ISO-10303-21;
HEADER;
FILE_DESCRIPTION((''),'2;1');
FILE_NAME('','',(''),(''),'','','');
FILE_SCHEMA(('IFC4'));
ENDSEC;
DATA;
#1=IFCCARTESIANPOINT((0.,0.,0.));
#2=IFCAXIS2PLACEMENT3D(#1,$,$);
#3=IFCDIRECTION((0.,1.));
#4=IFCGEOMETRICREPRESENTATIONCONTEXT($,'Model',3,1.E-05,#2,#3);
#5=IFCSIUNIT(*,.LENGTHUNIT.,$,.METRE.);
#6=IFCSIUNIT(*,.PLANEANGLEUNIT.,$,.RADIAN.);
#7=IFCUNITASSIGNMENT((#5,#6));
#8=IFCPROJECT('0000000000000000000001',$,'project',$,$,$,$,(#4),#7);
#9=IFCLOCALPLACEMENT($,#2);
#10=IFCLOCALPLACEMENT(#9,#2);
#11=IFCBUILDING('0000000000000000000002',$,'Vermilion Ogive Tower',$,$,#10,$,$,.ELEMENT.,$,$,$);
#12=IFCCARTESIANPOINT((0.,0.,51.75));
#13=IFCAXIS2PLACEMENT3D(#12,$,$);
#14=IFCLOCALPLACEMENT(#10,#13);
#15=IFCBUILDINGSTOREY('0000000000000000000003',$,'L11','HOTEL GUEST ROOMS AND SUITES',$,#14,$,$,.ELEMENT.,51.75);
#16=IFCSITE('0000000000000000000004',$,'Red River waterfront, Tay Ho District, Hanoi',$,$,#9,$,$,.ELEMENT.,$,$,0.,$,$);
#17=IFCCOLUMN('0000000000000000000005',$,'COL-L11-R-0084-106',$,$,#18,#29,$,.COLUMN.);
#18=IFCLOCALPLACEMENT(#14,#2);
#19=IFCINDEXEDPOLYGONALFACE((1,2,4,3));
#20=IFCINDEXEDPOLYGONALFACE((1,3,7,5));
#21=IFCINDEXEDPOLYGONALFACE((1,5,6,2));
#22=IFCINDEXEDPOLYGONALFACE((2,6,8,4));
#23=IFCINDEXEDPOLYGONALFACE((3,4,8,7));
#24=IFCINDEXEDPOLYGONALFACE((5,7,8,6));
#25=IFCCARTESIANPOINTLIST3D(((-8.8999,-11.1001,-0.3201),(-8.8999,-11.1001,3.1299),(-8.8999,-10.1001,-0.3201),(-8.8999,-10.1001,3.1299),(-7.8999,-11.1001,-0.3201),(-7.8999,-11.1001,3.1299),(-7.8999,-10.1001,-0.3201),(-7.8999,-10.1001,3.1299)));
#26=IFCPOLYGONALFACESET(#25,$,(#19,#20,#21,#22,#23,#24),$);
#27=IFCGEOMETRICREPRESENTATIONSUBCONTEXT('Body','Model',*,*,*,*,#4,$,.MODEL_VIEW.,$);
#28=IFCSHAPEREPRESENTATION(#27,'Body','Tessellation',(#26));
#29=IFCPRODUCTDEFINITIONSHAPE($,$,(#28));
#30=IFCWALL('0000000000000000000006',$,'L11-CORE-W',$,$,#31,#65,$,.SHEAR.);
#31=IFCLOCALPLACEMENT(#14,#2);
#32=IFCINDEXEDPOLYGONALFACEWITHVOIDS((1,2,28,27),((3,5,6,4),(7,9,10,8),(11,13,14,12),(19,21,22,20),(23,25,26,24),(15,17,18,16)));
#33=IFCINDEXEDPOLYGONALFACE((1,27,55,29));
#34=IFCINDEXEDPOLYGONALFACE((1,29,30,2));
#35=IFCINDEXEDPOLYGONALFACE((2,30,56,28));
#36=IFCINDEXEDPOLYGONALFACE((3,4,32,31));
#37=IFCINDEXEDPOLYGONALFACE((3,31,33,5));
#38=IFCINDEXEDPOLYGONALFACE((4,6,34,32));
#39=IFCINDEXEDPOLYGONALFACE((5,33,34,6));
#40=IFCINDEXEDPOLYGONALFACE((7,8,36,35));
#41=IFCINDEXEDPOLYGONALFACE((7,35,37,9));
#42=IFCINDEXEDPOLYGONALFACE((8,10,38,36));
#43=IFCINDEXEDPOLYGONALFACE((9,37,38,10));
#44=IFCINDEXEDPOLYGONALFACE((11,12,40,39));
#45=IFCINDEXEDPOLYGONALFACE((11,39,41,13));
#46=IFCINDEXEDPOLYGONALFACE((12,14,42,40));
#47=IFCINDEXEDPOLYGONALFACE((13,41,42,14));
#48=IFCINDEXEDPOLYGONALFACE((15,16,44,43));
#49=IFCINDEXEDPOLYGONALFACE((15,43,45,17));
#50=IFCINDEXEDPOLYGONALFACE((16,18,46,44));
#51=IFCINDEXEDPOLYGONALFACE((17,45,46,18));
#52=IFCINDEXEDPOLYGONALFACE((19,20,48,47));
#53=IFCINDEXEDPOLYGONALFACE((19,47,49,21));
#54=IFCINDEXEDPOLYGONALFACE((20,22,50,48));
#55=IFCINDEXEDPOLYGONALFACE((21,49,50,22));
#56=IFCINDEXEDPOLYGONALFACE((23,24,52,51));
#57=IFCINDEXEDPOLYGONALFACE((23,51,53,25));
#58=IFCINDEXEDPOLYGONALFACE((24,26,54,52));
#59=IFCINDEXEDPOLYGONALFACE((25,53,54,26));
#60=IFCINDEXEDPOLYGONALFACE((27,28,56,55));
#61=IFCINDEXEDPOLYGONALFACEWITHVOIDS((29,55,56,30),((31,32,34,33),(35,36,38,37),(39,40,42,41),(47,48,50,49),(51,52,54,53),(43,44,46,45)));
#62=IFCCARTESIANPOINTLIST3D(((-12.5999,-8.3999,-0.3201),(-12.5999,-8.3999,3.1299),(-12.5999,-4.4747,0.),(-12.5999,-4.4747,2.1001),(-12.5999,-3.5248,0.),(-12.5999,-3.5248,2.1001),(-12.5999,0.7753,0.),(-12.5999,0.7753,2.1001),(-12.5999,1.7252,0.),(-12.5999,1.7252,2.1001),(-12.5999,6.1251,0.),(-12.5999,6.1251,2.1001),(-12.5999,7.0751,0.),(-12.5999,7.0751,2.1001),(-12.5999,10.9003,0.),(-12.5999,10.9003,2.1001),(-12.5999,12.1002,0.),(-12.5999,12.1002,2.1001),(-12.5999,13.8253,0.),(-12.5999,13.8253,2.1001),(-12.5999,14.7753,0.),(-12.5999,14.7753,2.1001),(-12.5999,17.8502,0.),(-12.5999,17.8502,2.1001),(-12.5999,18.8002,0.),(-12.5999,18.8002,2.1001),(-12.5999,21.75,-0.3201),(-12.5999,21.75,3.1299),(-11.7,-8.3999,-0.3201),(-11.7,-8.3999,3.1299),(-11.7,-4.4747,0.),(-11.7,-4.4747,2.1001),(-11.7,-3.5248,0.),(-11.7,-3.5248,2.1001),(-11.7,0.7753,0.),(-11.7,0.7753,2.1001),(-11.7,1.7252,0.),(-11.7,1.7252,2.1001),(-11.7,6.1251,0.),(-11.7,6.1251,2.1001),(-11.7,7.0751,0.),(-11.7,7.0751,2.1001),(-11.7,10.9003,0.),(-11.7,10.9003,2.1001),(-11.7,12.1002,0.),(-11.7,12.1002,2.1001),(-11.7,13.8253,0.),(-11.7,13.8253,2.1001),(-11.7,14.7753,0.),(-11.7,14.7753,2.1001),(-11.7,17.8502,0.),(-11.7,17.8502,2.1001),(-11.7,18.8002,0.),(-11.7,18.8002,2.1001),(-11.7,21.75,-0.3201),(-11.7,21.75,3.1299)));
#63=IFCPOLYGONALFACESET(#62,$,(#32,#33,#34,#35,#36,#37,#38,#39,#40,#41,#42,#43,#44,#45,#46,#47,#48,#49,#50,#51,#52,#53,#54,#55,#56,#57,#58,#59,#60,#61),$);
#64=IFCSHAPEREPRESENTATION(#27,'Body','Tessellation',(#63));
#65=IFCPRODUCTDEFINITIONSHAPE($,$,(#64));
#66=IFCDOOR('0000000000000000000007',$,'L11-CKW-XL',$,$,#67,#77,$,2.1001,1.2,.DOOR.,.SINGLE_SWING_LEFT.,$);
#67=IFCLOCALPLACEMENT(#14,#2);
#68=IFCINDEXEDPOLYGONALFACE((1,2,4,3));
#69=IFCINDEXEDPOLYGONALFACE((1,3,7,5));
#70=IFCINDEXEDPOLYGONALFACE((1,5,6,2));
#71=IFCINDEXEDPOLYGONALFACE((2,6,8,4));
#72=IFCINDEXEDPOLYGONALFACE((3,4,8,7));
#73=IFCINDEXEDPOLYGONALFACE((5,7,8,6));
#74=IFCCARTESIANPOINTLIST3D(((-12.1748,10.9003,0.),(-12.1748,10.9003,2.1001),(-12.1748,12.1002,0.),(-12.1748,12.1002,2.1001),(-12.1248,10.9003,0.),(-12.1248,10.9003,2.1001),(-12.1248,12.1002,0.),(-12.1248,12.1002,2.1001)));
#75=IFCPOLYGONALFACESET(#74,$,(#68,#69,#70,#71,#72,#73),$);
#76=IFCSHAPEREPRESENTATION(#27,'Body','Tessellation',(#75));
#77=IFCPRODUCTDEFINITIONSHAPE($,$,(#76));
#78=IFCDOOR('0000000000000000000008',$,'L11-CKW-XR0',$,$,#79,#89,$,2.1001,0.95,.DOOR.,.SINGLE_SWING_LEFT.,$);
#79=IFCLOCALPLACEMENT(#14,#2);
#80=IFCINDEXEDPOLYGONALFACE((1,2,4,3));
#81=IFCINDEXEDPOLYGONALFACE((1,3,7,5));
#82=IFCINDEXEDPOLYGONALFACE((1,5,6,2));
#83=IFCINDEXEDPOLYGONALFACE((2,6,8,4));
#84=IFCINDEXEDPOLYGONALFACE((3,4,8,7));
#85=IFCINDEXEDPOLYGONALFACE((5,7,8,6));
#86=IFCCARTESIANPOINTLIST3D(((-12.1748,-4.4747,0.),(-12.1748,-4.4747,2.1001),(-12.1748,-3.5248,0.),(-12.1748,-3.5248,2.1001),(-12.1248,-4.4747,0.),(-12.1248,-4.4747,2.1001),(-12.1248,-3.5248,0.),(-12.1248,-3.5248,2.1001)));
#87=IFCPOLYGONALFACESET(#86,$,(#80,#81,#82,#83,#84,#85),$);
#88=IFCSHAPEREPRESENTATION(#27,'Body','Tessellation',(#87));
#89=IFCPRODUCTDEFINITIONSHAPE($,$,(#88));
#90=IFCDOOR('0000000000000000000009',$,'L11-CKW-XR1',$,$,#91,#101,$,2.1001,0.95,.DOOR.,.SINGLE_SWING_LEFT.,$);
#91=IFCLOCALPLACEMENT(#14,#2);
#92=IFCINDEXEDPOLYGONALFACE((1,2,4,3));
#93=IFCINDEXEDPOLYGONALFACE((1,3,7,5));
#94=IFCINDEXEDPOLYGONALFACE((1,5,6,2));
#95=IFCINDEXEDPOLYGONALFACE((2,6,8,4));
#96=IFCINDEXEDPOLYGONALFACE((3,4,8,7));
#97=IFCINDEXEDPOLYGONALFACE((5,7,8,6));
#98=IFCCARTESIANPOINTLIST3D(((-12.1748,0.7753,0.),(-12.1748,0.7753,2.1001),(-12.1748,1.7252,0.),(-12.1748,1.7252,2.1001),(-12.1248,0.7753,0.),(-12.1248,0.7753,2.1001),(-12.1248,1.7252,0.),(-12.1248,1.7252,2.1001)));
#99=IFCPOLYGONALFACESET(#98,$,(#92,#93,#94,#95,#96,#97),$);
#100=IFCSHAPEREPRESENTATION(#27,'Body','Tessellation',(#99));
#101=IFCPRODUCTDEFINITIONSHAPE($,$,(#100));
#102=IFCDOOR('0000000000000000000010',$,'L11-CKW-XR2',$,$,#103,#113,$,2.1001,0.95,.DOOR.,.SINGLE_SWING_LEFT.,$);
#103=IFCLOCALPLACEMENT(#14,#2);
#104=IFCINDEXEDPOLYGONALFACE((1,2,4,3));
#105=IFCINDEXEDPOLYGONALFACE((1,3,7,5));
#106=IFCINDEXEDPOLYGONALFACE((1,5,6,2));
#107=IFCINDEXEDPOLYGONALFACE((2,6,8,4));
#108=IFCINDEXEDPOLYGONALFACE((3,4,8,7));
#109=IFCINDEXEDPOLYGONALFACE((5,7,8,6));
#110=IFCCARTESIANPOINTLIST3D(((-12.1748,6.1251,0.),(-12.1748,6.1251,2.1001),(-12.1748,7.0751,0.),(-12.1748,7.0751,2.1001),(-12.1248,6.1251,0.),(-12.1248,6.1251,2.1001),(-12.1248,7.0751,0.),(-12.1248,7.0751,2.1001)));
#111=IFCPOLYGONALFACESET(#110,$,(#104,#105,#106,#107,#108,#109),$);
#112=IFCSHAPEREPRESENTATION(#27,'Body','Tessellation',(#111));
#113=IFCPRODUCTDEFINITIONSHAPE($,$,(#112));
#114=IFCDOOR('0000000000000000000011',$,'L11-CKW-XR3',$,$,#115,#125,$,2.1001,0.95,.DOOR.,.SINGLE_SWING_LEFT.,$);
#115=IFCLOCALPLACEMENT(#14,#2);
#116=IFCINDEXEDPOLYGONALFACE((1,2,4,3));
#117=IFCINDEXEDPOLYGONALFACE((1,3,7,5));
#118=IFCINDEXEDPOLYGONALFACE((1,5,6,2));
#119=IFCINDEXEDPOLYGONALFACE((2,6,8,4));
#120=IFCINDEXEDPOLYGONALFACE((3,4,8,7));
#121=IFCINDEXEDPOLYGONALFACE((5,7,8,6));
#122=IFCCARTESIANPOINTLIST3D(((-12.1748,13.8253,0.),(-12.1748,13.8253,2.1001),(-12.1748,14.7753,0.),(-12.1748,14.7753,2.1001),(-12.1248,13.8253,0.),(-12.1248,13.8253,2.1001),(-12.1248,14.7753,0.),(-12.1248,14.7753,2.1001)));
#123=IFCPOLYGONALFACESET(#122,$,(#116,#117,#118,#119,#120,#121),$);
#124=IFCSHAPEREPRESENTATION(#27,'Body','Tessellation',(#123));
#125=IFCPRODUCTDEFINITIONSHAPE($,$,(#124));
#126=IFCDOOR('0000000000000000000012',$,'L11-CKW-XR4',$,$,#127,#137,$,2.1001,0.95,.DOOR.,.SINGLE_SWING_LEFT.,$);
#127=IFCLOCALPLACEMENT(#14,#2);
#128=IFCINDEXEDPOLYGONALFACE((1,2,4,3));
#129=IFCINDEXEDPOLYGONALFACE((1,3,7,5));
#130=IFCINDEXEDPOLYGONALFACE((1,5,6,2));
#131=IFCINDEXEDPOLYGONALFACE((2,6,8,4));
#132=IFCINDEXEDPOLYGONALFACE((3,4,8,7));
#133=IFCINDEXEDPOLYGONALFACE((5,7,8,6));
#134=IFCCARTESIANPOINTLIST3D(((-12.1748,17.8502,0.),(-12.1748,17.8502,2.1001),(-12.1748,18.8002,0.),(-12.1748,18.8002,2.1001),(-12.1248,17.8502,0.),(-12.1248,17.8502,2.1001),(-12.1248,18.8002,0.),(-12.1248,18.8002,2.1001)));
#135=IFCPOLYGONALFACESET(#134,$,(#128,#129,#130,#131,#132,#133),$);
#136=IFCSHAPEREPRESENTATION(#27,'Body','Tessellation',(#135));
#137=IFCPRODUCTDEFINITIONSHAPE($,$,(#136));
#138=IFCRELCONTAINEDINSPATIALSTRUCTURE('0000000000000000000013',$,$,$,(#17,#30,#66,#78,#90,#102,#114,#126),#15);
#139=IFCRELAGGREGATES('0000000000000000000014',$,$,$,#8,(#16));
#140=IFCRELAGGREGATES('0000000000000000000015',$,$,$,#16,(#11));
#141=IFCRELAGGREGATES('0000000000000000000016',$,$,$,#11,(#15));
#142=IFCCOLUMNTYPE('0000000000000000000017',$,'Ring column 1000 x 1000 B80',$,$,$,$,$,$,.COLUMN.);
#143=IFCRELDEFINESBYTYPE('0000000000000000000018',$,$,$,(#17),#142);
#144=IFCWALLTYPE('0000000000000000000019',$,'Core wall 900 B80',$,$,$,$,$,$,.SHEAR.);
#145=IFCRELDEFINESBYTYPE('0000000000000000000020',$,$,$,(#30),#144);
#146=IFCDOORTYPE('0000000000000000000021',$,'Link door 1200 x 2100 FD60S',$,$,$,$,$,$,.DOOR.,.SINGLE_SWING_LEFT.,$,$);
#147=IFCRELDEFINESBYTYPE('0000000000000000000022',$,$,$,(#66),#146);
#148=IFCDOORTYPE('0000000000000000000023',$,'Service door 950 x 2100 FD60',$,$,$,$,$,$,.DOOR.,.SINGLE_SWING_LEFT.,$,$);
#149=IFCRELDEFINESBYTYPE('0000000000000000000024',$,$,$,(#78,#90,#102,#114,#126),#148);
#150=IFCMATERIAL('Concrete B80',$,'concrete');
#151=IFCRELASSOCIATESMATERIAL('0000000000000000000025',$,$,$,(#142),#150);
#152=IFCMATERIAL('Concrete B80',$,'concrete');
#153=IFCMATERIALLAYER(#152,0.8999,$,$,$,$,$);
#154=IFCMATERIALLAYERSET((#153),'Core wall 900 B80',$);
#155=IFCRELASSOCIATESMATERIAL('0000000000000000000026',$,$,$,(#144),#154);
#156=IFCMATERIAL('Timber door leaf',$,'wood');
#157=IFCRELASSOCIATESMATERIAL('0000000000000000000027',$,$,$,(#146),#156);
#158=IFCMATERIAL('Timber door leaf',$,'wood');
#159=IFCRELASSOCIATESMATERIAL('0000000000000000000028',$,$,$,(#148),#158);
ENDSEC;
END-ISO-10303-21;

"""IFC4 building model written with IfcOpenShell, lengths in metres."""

from ifc_helpers import new_model, si_unit, direction, frame, frame_2d, origin, origin_2d, place, context, subcontext, project, spatial, rectangle, extrude, material, layer, layer_set, material_profile, profile_set, type_object, element, fill, save


model = new_model("IFC4")

# Units and contexts
model_context = context("Model", 3, precision=1e-05, world=origin(), true_north=direction((0.0, 1.0)))
body_context = subcontext(model_context, "Body", "Model", "MODEL_VIEW")
ifc_project = project(units=[si_unit("LENGTHUNIT", "METRE"), si_unit("PLANEANGLEUNIT", "RADIAN")], contexts=[model_context])

# Site, building, storey
site_placement = place(None, origin())
site = spatial("IfcSite", under=ifc_project, at=site_placement, Name="Red River waterfront, Tay Ho District, Hanoi", CompositionType="ELEMENT", RefElevation=0.0)
building_placement = place(site_placement, origin())
building = spatial("IfcBuilding", under=site, at=building_placement, Name="Vermilion Ogive Tower", CompositionType="ELEMENT")
storey_placement = place(building_placement, frame((0.0, 0.0, 51.75)))
storey = spatial("IfcBuildingStorey", under=building, at=storey_placement, Name="L11", Description="HOTEL GUEST ROOMS AND SUITES", CompositionType="ELEMENT", Elevation=51.75)

# Column
ifc_material_1 = material(Name="Concrete B80", Category="concrete")
ifc_material_profile = material_profile(ifc_material_1, rectangle(XDim=1.0, YDim=1.0, at=origin_2d()), Name="1000 x 1000")
ifc_profile_set = profile_set([ifc_material_profile], Name="Concrete B80")
column_type = type_object("IfcColumnType", Name="Ring column 1000 x 1000 B80", PredefinedType="COLUMN", material=ifc_profile_set)
column_placement = place(storey_placement, frame((-8.3999, -10.6001, -0.3201), z_axis=(0.0, 0.0, 1.0), x_axis=(1.0, 0.0, 0.0)))
element("IfcColumn", 1, at=column_placement, inside=storey, type_object=column_type, Name="COL-L11-R-0084-106", PredefinedType="COLUMN", context=body_context, shape_type="SweptSolid", body=[
    extrude(rectangle(XDim=1.0, YDim=1.0, at=origin_2d()), origin(), (0.0, 0.0, 1.0), 3.45),
])

# Wall, openings, doors
ifc_material_2 = material(Name="Concrete B80", Category="concrete")
ifc_layer_1 = layer(ifc_material_2, 0.8999)
ifc_layer_set_1 = layer_set([ifc_layer_1], Name="Core wall 900 B80")
wall_type_1 = type_object("IfcWallType", Name="Core wall 900 B80", PredefinedType="SHEAR", material=ifc_layer_set_1)
wall_1_placement = place(storey_placement, frame((-12.1499, -8.3999, -0.3201), z_axis=(0.0, 0.0, 1.0), x_axis=(0.0, 1.0, 0.0)))
wall_1 = element("IfcWall", 2, at=wall_1_placement, inside=storey, type_object=wall_type_1, Name="L11-CORE-W", PredefinedType="SHEAR", context=body_context, shape_type="SweptSolid", body=[
    extrude(rectangle(XDim=30.1499, YDim=0.8999, at=frame_2d((15.075, 0.0))), origin(), (0.0, 0.0, 1.0), 3.45),
])
opening_1_placement = place(wall_1_placement, frame((3.925, 0.0, 0.3201)))
opening_1 = element("IfcOpeningElement", 3, at=opening_1_placement, cuts=wall_1, PredefinedType="OPENING", context=body_context, shape_type="SweptSolid", body=[
    extrude(rectangle(XDim=0.95, YDim=2.1001, at=frame_2d((0.4751, 1.05))), frame((0.0, 0.46, 0.0), z_axis=(0.0, -1.0, 0.0), x_axis=(1.0, 0.0, 0.0)), (0.0, 0.0, 1.0), 0.9199),
])
opening_2_placement = place(wall_1_placement, frame((9.175, 0.0, 0.3201)))
opening_2 = element("IfcOpeningElement", 4, at=opening_2_placement, cuts=wall_1, PredefinedType="OPENING", context=body_context, shape_type="SweptSolid", body=[
    extrude(rectangle(XDim=0.95, YDim=2.1001, at=frame_2d((0.4751, 1.05))), frame((0.0, 0.46, 0.0), z_axis=(0.0, -1.0, 0.0), x_axis=(1.0, 0.0, 0.0)), (0.0, 0.0, 1.0), 0.9199),
])
opening_3_placement = place(wall_1_placement, frame((14.5249, 0.0, 0.3201)))
opening_3 = element("IfcOpeningElement", 5, at=opening_3_placement, cuts=wall_1, PredefinedType="OPENING", context=body_context, shape_type="SweptSolid", body=[
    extrude(rectangle(XDim=0.95, YDim=2.1001, at=frame_2d((0.4751, 1.05))), frame((0.0, 0.46, 0.0), z_axis=(0.0, -1.0, 0.0), x_axis=(1.0, 0.0, 0.0)), (0.0, 0.0, 1.0), 0.9199),
])
opening_4_placement = place(wall_1_placement, frame((22.2251, 0.0, 0.3201)))
opening_4 = element("IfcOpeningElement", 6, at=opening_4_placement, cuts=wall_1, PredefinedType="OPENING", context=body_context, shape_type="SweptSolid", body=[
    extrude(rectangle(XDim=0.95, YDim=2.1001, at=frame_2d((0.4751, 1.05))), frame((0.0, 0.46, 0.0), z_axis=(0.0, -1.0, 0.0), x_axis=(1.0, 0.0, 0.0)), (0.0, 0.0, 1.0), 0.9199),
])
opening_5_placement = place(wall_1_placement, frame((26.25, 0.0, 0.3201)))
opening_5 = element("IfcOpeningElement", 7, at=opening_5_placement, cuts=wall_1, PredefinedType="OPENING", context=body_context, shape_type="SweptSolid", body=[
    extrude(rectangle(XDim=0.95, YDim=2.1001, at=frame_2d((0.4751, 1.05))), frame((0.0, 0.46, 0.0), z_axis=(0.0, -1.0, 0.0), x_axis=(1.0, 0.0, 0.0)), (0.0, 0.0, 1.0), 0.9199),
])
opening_6_placement = place(wall_1_placement, frame((19.3, 0.0, 0.3201)))
opening_6 = element("IfcOpeningElement", 8, at=opening_6_placement, cuts=wall_1, PredefinedType="OPENING", context=body_context, shape_type="SweptSolid", body=[
    extrude(rectangle(XDim=1.2, YDim=2.1001, at=frame_2d((0.6001, 1.05))), frame((0.0, 0.46, 0.0), z_axis=(0.0, -1.0, 0.0), x_axis=(1.0, 0.0, 0.0)), (0.0, 0.0, 1.0), 0.9199),
])
ifc_material_3 = material(Name="Timber door leaf", Category="wood")
door_type_1 = type_object("IfcDoorType", Name="Link door 1200 x 2100 FD60S", OperationType="SINGLE_SWING_LEFT", PredefinedType="DOOR", material=ifc_material_3)
door_1_placement = place(opening_6_placement, origin())
door_1 = element("IfcDoor", 9, at=door_1_placement, inside=storey, type_object=door_type_1, Name="L11-CKW-XL", OperationType="SINGLE_SWING_LEFT", OverallHeight=2.1001, OverallWidth=1.2, PredefinedType="DOOR", context=body_context, shape_type="SweptSolid", body=[
    extrude(rectangle(XDim=1.2, YDim=2.1001, at=frame_2d((0.6001, 1.05))), frame((0.0, 0.0249, 0.0), z_axis=(0.0, -1.0, 0.0), x_axis=(1.0, 0.0, 0.0)), (0.0, 0.0, 1.0), 0.05),
])
fill(opening_6, door_1)
ifc_material_4 = material(Name="Timber door leaf", Category="wood")
door_type_2 = type_object("IfcDoorType", Name="Service door 950 x 2100 FD60", OperationType="SINGLE_SWING_LEFT", PredefinedType="DOOR", material=ifc_material_4)
door_2_placement = place(opening_1_placement, origin())
door_2 = element("IfcDoor", 10, at=door_2_placement, inside=storey, type_object=door_type_2, Name="L11-CKW-XR0", OperationType="SINGLE_SWING_LEFT", OverallHeight=2.1001, OverallWidth=0.95, PredefinedType="DOOR", context=body_context, shape_type="SweptSolid", body=[
    extrude(rectangle(XDim=0.95, YDim=2.1001, at=frame_2d((0.4751, 1.05))), frame((0.0, 0.0249, 0.0), z_axis=(0.0, -1.0, 0.0), x_axis=(1.0, 0.0, 0.0)), (0.0, 0.0, 1.0), 0.05),
])
fill(opening_1, door_2)
door_3_placement = place(opening_2_placement, origin())
door_3 = element("IfcDoor", 11, at=door_3_placement, inside=storey, type_object=door_type_2, Name="L11-CKW-XR1", OperationType="SINGLE_SWING_LEFT", OverallHeight=2.1001, OverallWidth=0.95, PredefinedType="DOOR", context=body_context, shape_type="SweptSolid", body=[
    extrude(rectangle(XDim=0.95, YDim=2.1001, at=frame_2d((0.4751, 1.05))), frame((0.0, 0.0249, 0.0), z_axis=(0.0, -1.0, 0.0), x_axis=(1.0, 0.0, 0.0)), (0.0, 0.0, 1.0), 0.05),
])
fill(opening_2, door_3)
door_4_placement = place(opening_3_placement, origin())
door_4 = element("IfcDoor", 12, at=door_4_placement, inside=storey, type_object=door_type_2, Name="L11-CKW-XR2", OperationType="SINGLE_SWING_LEFT", OverallHeight=2.1001, OverallWidth=0.95, PredefinedType="DOOR", context=body_context, shape_type="SweptSolid", body=[
    extrude(rectangle(XDim=0.95, YDim=2.1001, at=frame_2d((0.4751, 1.05))), frame((0.0, 0.0249, 0.0), z_axis=(0.0, -1.0, 0.0), x_axis=(1.0, 0.0, 0.0)), (0.0, 0.0, 1.0), 0.05),
])
fill(opening_3, door_4)
door_5_placement = place(opening_4_placement, origin())
door_5 = element("IfcDoor", 13, at=door_5_placement, inside=storey, type_object=door_type_2, Name="L11-CKW-XR3", OperationType="SINGLE_SWING_LEFT", OverallHeight=2.1001, OverallWidth=0.95, PredefinedType="DOOR", context=body_context, shape_type="SweptSolid", body=[
    extrude(rectangle(XDim=0.95, YDim=2.1001, at=frame_2d((0.4751, 1.05))), frame((0.0, 0.0249, 0.0), z_axis=(0.0, -1.0, 0.0), x_axis=(1.0, 0.0, 0.0)), (0.0, 0.0, 1.0), 0.05),
])
fill(opening_4, door_5)
door_6_placement = place(opening_5_placement, origin())
door_6 = element("IfcDoor", 14, at=door_6_placement, inside=storey, type_object=door_type_2, Name="L11-CKW-XR4", OperationType="SINGLE_SWING_LEFT", OverallHeight=2.1001, OverallWidth=0.95, PredefinedType="DOOR", context=body_context, shape_type="SweptSolid", body=[
    extrude(rectangle(XDim=0.95, YDim=2.1001, at=frame_2d((0.4751, 1.05))), frame((0.0, 0.0249, 0.0), z_axis=(0.0, -1.0, 0.0), x_axis=(1.0, 0.0, 0.0)), (0.0, 0.0, 1.0), 0.05),
])
fill(opening_5, door_6)

save(model, "model.ifc")
